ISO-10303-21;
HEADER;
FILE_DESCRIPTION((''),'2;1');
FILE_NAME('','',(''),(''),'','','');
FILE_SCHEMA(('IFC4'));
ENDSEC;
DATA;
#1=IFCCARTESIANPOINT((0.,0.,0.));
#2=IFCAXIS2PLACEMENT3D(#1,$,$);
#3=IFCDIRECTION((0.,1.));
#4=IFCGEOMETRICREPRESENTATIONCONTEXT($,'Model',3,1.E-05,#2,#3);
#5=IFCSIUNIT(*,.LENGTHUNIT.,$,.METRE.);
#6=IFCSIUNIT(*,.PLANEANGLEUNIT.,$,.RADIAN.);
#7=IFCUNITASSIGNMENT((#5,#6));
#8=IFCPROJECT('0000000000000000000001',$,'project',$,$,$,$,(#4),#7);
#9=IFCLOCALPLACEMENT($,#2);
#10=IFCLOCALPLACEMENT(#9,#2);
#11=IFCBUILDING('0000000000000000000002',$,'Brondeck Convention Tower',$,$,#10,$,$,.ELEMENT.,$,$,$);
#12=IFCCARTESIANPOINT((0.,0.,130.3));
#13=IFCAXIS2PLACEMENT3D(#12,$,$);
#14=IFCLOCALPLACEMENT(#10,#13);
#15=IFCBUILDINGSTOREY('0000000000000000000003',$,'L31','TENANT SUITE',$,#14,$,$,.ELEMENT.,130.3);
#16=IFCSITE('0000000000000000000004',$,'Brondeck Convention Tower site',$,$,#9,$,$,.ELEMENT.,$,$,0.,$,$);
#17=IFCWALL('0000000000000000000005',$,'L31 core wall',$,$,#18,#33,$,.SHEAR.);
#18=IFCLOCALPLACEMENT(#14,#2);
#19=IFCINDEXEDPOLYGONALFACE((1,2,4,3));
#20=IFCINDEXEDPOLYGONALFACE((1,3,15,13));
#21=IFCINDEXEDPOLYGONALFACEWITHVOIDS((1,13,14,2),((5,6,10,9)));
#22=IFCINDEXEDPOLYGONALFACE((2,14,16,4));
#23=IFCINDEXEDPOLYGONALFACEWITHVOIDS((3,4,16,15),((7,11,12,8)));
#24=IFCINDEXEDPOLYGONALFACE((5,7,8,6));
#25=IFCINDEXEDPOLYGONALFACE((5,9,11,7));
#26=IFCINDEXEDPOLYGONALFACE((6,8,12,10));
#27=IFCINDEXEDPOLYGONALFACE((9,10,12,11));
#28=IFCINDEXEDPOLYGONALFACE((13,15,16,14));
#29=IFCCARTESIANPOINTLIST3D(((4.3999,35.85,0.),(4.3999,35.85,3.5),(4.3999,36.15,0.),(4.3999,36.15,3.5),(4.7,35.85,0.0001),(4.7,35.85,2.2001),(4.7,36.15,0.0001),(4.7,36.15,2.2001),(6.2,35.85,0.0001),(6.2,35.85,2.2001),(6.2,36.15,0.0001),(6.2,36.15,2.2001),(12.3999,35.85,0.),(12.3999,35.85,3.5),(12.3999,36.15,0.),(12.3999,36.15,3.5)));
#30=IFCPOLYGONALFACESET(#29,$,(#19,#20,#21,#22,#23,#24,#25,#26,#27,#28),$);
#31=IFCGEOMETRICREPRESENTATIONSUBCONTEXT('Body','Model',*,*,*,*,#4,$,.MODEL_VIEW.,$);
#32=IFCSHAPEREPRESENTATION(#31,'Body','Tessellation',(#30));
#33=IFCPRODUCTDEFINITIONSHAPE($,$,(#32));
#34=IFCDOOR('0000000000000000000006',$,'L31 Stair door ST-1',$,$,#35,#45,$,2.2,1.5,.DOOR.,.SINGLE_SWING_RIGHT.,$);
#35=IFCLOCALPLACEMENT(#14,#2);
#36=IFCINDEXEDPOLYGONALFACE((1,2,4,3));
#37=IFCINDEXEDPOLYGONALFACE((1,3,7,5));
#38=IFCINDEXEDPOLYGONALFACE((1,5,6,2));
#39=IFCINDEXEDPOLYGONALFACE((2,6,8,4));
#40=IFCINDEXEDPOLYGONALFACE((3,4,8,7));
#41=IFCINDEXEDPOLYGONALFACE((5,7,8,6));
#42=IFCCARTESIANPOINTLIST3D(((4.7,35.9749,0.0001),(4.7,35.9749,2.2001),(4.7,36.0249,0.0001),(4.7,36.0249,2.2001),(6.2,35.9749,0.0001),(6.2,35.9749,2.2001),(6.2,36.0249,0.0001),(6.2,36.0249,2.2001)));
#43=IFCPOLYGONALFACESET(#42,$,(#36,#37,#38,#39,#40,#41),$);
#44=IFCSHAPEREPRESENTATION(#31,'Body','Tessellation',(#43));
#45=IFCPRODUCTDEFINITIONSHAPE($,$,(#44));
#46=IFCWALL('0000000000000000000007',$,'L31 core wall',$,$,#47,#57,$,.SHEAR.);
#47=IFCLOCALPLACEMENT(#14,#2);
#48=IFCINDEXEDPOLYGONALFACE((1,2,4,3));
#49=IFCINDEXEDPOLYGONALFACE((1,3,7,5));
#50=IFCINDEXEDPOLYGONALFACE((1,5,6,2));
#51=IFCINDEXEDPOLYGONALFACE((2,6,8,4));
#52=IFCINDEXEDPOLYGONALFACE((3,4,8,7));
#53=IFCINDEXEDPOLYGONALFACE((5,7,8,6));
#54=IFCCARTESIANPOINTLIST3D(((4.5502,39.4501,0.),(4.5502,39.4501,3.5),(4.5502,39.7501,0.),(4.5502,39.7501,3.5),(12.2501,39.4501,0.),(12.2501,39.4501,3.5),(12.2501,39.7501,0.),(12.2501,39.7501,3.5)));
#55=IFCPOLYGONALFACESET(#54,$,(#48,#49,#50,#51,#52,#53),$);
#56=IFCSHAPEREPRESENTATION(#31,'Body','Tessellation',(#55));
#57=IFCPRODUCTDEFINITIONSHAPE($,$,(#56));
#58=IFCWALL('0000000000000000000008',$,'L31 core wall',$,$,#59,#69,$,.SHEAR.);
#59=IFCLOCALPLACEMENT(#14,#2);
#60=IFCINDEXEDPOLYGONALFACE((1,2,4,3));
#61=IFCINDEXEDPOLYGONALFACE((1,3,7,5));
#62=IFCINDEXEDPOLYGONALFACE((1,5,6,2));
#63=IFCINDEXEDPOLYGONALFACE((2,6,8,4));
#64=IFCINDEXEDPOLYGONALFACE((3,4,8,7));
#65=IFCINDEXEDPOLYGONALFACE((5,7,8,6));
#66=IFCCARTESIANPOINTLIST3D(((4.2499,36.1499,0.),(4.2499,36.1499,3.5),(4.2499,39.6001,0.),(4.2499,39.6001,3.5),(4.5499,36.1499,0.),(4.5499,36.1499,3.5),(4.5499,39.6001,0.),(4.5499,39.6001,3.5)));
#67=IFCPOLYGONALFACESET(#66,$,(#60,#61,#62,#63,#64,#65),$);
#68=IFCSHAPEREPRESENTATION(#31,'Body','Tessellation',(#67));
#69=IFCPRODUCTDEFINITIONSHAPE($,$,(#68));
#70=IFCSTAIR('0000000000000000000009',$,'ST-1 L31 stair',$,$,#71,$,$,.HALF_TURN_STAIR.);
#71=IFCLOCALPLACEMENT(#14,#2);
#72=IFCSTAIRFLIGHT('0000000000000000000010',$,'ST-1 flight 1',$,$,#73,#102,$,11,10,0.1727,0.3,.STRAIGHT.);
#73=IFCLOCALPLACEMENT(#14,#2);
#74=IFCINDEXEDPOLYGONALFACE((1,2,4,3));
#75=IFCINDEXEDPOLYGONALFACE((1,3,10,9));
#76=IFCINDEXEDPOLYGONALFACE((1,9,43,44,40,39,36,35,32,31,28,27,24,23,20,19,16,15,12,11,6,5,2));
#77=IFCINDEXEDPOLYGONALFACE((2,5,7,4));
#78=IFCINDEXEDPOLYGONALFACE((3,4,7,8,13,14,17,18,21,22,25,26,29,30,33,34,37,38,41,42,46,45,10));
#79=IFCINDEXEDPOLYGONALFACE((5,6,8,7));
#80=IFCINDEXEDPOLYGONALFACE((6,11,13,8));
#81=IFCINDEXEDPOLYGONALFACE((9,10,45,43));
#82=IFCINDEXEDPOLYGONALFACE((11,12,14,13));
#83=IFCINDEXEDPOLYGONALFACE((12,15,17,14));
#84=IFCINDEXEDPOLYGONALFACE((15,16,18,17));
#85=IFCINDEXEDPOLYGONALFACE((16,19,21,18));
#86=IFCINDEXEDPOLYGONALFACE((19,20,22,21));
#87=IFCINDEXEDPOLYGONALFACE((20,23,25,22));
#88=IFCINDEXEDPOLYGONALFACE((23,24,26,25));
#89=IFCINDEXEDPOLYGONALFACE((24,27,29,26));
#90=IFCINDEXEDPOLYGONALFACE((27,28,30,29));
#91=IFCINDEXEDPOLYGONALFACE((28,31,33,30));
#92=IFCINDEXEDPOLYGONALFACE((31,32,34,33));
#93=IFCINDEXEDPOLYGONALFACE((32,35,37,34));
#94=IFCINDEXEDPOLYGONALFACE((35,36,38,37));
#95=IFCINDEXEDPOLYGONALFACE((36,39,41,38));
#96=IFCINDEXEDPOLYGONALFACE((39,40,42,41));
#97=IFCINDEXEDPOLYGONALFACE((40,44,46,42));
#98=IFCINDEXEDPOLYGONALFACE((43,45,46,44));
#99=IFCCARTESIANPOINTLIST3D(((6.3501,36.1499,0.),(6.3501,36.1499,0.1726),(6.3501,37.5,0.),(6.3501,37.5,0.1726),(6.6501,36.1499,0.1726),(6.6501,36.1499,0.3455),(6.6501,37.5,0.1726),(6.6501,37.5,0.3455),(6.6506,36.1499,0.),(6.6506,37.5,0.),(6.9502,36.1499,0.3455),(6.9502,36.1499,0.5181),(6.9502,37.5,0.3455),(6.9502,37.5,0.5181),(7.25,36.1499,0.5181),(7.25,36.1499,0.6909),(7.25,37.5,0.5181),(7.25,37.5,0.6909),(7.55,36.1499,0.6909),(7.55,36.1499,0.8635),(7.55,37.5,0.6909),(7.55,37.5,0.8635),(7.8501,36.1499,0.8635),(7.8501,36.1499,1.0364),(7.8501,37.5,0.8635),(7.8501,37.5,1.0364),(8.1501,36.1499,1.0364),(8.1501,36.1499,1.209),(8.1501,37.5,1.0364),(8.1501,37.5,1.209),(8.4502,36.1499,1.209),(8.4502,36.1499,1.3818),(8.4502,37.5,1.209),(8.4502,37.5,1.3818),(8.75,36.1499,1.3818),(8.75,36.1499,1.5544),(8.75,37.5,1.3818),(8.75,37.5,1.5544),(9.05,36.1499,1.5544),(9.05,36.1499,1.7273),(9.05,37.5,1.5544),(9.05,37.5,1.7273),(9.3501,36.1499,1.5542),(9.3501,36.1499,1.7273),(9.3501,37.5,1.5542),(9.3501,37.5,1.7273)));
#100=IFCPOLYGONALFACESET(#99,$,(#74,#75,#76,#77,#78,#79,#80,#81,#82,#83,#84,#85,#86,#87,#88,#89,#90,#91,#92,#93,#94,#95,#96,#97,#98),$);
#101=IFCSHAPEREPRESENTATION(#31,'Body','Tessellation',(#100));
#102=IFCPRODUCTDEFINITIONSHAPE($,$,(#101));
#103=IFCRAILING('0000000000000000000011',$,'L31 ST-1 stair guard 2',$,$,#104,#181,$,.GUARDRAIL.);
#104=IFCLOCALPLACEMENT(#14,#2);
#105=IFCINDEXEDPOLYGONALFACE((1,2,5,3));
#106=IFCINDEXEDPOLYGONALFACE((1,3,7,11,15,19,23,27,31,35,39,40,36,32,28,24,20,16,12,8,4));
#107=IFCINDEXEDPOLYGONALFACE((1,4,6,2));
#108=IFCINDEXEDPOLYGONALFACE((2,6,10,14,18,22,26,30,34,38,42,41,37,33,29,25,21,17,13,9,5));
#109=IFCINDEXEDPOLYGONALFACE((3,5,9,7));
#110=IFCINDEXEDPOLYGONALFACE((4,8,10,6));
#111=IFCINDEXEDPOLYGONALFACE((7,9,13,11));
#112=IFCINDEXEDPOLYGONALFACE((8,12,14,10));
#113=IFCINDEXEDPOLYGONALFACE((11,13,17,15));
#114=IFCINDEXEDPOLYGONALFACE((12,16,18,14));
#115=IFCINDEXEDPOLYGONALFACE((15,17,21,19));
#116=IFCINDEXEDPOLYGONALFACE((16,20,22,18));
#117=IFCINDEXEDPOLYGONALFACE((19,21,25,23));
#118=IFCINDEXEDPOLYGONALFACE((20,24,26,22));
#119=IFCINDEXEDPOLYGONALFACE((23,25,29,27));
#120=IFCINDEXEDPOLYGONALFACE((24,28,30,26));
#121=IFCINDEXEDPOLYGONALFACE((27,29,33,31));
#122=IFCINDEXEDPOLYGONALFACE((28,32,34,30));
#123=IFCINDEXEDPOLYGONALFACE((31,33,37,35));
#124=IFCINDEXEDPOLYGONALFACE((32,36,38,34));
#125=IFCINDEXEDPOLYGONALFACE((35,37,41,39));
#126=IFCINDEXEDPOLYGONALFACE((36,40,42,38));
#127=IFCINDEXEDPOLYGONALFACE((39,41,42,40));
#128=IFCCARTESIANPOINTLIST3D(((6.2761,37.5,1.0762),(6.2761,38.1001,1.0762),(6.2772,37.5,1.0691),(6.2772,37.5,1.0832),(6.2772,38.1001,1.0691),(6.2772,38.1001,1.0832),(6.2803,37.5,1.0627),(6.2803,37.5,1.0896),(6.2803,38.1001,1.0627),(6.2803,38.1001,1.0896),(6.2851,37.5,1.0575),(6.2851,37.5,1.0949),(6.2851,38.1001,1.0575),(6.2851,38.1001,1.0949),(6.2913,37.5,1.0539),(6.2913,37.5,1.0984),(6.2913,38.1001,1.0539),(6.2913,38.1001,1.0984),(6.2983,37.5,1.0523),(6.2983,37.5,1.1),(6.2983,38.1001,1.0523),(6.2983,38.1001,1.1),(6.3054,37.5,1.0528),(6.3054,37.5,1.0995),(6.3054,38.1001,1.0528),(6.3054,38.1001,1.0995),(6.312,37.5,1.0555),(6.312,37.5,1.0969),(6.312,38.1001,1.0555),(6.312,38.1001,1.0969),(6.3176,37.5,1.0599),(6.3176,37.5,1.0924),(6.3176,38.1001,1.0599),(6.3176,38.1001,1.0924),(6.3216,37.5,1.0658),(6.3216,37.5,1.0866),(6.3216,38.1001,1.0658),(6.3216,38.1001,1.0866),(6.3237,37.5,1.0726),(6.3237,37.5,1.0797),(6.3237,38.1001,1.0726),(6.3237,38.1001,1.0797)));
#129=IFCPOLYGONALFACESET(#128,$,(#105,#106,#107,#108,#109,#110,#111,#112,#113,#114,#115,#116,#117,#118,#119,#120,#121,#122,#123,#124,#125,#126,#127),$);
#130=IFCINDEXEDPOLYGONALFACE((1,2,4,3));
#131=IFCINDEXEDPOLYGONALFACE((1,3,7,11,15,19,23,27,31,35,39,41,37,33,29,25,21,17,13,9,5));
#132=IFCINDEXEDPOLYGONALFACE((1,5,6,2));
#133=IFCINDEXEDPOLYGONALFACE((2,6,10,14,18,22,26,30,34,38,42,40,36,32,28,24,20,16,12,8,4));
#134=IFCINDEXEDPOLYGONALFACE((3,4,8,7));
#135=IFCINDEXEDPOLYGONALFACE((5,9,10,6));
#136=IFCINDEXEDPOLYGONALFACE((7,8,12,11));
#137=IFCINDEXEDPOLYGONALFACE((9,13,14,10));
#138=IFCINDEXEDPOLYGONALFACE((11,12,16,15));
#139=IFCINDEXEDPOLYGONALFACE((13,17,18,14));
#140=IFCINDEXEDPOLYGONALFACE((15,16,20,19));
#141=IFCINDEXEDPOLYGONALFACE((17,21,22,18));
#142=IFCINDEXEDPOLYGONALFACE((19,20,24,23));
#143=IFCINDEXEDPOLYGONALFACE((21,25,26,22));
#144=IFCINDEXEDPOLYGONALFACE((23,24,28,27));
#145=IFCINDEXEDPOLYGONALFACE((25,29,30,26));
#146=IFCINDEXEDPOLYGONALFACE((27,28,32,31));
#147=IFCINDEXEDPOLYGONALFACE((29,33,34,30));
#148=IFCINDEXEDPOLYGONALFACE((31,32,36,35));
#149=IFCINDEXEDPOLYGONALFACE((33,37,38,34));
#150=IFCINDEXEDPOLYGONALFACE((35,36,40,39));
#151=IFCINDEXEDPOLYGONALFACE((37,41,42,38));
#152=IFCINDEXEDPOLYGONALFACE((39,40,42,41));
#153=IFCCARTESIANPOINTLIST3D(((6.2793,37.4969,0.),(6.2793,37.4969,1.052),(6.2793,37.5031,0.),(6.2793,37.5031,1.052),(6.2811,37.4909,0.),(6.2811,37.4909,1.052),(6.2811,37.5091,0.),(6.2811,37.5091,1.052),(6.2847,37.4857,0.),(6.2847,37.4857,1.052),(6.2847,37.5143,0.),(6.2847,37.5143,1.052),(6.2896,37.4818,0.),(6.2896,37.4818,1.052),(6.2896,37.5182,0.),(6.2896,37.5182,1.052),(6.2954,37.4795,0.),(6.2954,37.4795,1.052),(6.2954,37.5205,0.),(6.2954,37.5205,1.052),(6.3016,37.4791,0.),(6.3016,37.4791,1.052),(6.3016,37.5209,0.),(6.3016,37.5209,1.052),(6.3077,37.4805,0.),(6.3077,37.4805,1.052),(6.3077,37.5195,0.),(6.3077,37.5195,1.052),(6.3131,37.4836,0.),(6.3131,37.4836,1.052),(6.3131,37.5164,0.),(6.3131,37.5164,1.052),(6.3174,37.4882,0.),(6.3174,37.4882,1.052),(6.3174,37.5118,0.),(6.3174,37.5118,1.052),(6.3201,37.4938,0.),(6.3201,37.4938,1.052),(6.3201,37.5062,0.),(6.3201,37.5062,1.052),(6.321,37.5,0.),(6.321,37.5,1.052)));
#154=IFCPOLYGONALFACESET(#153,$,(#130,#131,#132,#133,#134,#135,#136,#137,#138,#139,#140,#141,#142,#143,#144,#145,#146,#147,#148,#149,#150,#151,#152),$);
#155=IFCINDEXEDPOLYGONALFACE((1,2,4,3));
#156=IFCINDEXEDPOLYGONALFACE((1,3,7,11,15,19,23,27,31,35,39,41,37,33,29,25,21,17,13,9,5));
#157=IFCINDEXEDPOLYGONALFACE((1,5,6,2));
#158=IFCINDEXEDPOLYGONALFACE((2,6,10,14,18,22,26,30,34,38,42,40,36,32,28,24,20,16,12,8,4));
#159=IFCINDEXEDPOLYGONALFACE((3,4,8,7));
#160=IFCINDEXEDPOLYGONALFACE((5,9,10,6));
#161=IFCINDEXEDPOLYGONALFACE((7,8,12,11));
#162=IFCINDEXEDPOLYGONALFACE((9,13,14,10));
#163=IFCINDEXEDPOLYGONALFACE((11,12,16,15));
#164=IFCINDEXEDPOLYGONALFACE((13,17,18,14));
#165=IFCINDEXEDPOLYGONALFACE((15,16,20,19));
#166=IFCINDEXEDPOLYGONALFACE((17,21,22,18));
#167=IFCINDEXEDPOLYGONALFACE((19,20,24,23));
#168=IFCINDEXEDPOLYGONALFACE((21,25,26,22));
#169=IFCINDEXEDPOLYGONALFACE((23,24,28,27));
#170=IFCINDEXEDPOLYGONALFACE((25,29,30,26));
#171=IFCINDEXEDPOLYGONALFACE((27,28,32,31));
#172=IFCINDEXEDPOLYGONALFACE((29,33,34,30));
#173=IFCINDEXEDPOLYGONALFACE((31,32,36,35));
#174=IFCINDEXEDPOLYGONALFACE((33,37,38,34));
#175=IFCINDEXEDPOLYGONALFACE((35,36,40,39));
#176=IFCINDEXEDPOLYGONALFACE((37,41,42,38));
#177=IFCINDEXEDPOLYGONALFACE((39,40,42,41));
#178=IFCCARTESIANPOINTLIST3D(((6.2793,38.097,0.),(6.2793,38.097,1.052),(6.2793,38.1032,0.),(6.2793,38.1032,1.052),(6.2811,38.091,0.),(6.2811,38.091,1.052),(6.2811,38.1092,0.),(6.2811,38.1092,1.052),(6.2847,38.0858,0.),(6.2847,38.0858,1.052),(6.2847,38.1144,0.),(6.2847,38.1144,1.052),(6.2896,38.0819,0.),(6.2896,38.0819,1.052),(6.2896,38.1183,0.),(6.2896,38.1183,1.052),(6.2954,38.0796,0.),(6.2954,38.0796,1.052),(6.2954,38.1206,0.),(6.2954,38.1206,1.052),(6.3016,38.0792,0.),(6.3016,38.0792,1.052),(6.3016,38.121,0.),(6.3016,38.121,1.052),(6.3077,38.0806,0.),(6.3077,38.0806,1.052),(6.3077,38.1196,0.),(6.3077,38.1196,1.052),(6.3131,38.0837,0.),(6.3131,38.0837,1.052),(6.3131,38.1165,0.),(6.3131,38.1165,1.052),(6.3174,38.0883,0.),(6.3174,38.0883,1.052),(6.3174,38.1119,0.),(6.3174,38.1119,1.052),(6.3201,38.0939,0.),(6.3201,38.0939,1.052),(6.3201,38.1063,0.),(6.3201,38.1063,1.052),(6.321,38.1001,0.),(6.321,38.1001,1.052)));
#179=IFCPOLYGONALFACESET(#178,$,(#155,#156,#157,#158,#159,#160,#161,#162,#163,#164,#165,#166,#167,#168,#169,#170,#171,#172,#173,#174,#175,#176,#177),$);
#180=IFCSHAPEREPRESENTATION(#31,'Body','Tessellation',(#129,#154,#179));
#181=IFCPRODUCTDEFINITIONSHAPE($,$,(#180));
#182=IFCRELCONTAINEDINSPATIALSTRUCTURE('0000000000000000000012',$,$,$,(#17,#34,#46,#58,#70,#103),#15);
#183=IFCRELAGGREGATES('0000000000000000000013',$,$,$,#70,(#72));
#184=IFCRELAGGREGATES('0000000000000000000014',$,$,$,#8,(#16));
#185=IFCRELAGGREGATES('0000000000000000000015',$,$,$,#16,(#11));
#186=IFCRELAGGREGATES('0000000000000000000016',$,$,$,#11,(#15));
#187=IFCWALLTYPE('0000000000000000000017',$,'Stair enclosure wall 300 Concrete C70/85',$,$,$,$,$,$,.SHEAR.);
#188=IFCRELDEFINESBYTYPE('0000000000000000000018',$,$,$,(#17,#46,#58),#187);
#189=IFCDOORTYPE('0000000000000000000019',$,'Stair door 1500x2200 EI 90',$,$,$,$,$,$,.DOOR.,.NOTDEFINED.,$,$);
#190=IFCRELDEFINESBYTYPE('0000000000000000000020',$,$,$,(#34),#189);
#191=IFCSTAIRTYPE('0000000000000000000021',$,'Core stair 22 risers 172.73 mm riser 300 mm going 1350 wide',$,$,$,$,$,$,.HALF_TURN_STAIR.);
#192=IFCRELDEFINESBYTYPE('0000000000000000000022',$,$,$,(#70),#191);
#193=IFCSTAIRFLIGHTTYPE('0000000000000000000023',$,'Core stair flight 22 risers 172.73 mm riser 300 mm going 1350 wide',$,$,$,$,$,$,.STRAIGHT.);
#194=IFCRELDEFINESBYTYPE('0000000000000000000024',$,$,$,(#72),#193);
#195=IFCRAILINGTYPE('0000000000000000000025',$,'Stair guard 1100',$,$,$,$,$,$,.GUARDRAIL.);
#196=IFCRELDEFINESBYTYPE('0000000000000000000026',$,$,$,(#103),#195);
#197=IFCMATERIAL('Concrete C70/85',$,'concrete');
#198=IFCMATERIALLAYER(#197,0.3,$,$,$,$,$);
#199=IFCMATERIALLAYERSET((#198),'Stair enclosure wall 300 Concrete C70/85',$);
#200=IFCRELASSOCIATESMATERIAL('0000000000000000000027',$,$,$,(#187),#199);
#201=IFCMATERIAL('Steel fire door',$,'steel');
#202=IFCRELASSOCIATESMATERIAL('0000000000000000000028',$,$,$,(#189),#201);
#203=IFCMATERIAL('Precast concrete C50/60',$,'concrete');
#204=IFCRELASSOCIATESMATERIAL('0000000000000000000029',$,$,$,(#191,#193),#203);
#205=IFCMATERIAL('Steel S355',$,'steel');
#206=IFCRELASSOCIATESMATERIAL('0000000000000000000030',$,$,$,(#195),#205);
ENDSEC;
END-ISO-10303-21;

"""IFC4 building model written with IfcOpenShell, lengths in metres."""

from ifc_helpers import new_model, si_unit, direction, frame, frame_2d, origin, origin_2d, place, context, subcontext, project, spatial, polyline, rectangle, circle, outline, extrude, material, layer, layer_set, type_object, element, fill, aggregate, save


model = new_model("IFC4")

# Units and contexts
model_context = context("Model", 3, precision=1e-05, world=origin(), true_north=direction((0.0, 1.0)))
body_context = subcontext(model_context, "Body", "Model", "MODEL_VIEW")
ifc_project = project(units=[si_unit("LENGTHUNIT", "METRE"), si_unit("PLANEANGLEUNIT", "RADIAN")], contexts=[model_context])

# Site, building, storey
site_placement = place(None, origin())
site = spatial("IfcSite", under=ifc_project, at=site_placement, Name="Brondeck Convention Tower site", CompositionType="ELEMENT", RefElevation=0.0)
building_placement = place(site_placement, origin())
building = spatial("IfcBuilding", under=site, at=building_placement, Name="Brondeck Convention Tower", CompositionType="ELEMENT")
storey_placement = place(building_placement, frame((0.0, 0.0, 130.3)))
storey = spatial("IfcBuildingStorey", under=building, at=storey_placement, Name="L31", Description="TENANT SUITE", CompositionType="ELEMENT", Elevation=130.3)

# Shared definitions
ifc_material_1 = material(Name="Concrete C70/85", Category="concrete")

# Shared definitions
ifc_material_2 = material(Name="Steel fire door", Category="steel")

# Wall, opening, door
ifc_layer_1 = layer(ifc_material_1, 0.3)
ifc_layer_set_1 = layer_set([ifc_layer_1], Name="Stair enclosure wall 300 Concrete C70/85")
wall_type_1 = type_object("IfcWallType", Name="Stair enclosure wall 300 Concrete C70/85", PredefinedType="SHEAR", material=ifc_layer_set_1)
wall_1_placement = place(storey_placement, frame((4.3999, 36.0, 0.0), z_axis=(0.0, 0.0, 1.0), x_axis=(1.0, 0.0, 0.0)))
wall_1 = element("IfcWall", 1, at=wall_1_placement, inside=storey, type_object=wall_type_1, Name="L31 core wall", PredefinedType="SHEAR", context=body_context, shape_type="SweptSolid", body=[
    extrude(rectangle(XDim=8.0, YDim=0.3, at=frame_2d((4.0, 0.0))), origin(), (0.0, 0.0, 1.0), 3.5),
])
opening_1_placement = place(wall_1_placement, frame((0.3, 0.0, 0.0)))
opening_1 = element("IfcOpeningElement", 2, at=opening_1_placement, cuts=wall_1, PredefinedType="OPENING", context=body_context, shape_type="SweptSolid", body=[
    extrude(rectangle(XDim=1.5, YDim=2.2, at=frame_2d((0.75, 1.1001))), frame((0.0, 0.1599, 0.0), z_axis=(0.0, -1.0, 0.0), x_axis=(1.0, 0.0, 0.0)), (0.0, 0.0, 1.0), 0.3201),
])
door_type_1 = type_object("IfcDoorType", Name="Stair door 1500x2200 EI 90", OperationType="NOTDEFINED", PredefinedType="DOOR", material=ifc_material_2)
door_1_placement = place(opening_1_placement, origin())
door_1 = element("IfcDoor", 3, at=door_1_placement, inside=storey, type_object=door_type_1, Name="L31 Stair door ST-1", OperationType="SINGLE_SWING_RIGHT", OverallHeight=2.2, OverallWidth=1.5, PredefinedType="DOOR", context=body_context, shape_type="SweptSolid", body=[
    extrude(rectangle(XDim=1.5, YDim=2.2, at=frame_2d((0.75, 1.1001))), frame((0.0, 0.0249, 0.0), z_axis=(0.0, -1.0, 0.0), x_axis=(1.0, 0.0, 0.0)), (0.0, 0.0, 1.0), 0.05),
])
fill(opening_1, door_1)

# Walls
wall_2_placement = place(storey_placement, frame((4.55, 39.6001, 0.0), z_axis=(0.0, 0.0, 1.0), x_axis=(1.0, 0.0, 0.0)))
element("IfcWall", 4, at=wall_2_placement, inside=storey, type_object=wall_type_1, Name="L31 core wall", PredefinedType="SHEAR", context=body_context, shape_type="SweptSolid", body=[
    extrude(rectangle(XDim=7.7, YDim=0.3, at=frame_2d((3.8501, 0.0))), origin(), (0.0, 0.0, 1.0), 3.5),
])
wall_3_placement = place(storey_placement, frame((4.3999, 36.1499, 0.0), z_axis=(0.0, 0.0, 1.0), x_axis=(0.0, 1.0, 0.0)))
element("IfcWall", 5, at=wall_3_placement, inside=storey, type_object=wall_type_1, Name="L31 core wall", PredefinedType="SHEAR", context=body_context, shape_type="SweptSolid", body=[
    extrude(rectangle(XDim=3.4502, YDim=0.3, at=frame_2d((1.7251, 0.0))), origin(), (0.0, 0.0, 1.0), 3.5),
])

# Stair, stair flight
ifc_material_3 = material(Name="Precast concrete C50/60", Category="concrete")
stair_type = type_object("IfcStairType", Name="Core stair 22 risers 172.73 mm riser 300 mm going 1350 wide", PredefinedType="HALF_TURN_STAIR", material=ifc_material_3)
stair_placement = place(storey_placement, origin())
stair = element("IfcStair", 6, at=stair_placement, inside=storey, type_object=stair_type, Name="ST-1 L31 stair", PredefinedType="HALF_TURN_STAIR")
stair_flight_type = type_object("IfcStairFlightType", Name="Core stair flight 22 risers 172.73 mm riser 300 mm going 1350 wide", PredefinedType="STRAIGHT", material=ifc_material_3)
stair_flight_placement = place(storey_placement, frame((6.3501, 36.825, 0.0), z_axis=(0.0, 0.0, 1.0), x_axis=(1.0, 0.0, 0.0)))
stair_flight = element("IfcStairFlight", 7, at=stair_flight_placement, type_object=stair_flight_type, Name="ST-1 flight 1", NumberOfRisers=11, NumberOfTreads=10, PredefinedType="STRAIGHT", RiserHeight=0.1727, TreadLength=0.3, context=body_context, shape_type="SweptSolid", body=[
    extrude(outline(polyline([(0.0, 0.0), (0.0, 0.1726), (0.3, 0.1726), (0.3, 0.3455), (0.6001, 0.3455), (0.6001, 0.5181), (0.8999, 0.5181), (0.8999, 0.6909), (1.2, 0.6909), (1.2, 0.8635), (1.5, 0.8635), (1.5, 1.0364), (1.8, 1.0364), (1.8, 1.209), (2.1001, 1.209), (2.1001, 1.3818), (2.3999, 1.3818), (2.3999, 1.5544), (2.7, 1.5544), (2.7, 1.7273), (3.0, 1.7273), (3.0, 1.8999), (3.0, 1.5542), (0.3005, 0.0), (0.0, 0.0)])), frame((0.0, 0.675, 0.0), z_axis=(0.0, -1.0, 0.0), x_axis=(1.0, 0.0, 0.0)), (0.0, 0.0, 1.0), 1.3501),
])
aggregate(stair, [stair_flight])

# Railing
ifc_material_4 = material(Name="Steel S355", Category="steel")
railing_type_1 = type_object("IfcRailingType", Name="Stair guard 1100", PredefinedType="GUARDRAIL", material=ifc_material_4)
railing_1_placement = place(storey_placement, frame((6.3, 37.5, 0.0)))
element("IfcRailing", 8, at=railing_1_placement, inside=storey, type_object=railing_type_1, Name="L31 ST-1 stair guard 2", PredefinedType="GUARDRAIL", context=body_context, shape_type="SweptSolid", body=[
    extrude(circle(Radius=0.0239, at=origin_2d()), frame((0.0, 0.0, 1.0762), z_axis=(0.0, 1.0, 0.0), x_axis=(-1.0, 0.0, 0.0)), (0.0, 0.0, 1.0), 0.6001),
    extrude(circle(Radius=0.021, at=origin_2d()), origin(), (0.0, 0.0, 1.0), 1.052),
    extrude(circle(Radius=0.021, at=origin_2d()), frame((0.0, 0.6001, 0.0)), (0.0, 0.0, 1.0), 1.052),
])

save(model, "model.ifc")
